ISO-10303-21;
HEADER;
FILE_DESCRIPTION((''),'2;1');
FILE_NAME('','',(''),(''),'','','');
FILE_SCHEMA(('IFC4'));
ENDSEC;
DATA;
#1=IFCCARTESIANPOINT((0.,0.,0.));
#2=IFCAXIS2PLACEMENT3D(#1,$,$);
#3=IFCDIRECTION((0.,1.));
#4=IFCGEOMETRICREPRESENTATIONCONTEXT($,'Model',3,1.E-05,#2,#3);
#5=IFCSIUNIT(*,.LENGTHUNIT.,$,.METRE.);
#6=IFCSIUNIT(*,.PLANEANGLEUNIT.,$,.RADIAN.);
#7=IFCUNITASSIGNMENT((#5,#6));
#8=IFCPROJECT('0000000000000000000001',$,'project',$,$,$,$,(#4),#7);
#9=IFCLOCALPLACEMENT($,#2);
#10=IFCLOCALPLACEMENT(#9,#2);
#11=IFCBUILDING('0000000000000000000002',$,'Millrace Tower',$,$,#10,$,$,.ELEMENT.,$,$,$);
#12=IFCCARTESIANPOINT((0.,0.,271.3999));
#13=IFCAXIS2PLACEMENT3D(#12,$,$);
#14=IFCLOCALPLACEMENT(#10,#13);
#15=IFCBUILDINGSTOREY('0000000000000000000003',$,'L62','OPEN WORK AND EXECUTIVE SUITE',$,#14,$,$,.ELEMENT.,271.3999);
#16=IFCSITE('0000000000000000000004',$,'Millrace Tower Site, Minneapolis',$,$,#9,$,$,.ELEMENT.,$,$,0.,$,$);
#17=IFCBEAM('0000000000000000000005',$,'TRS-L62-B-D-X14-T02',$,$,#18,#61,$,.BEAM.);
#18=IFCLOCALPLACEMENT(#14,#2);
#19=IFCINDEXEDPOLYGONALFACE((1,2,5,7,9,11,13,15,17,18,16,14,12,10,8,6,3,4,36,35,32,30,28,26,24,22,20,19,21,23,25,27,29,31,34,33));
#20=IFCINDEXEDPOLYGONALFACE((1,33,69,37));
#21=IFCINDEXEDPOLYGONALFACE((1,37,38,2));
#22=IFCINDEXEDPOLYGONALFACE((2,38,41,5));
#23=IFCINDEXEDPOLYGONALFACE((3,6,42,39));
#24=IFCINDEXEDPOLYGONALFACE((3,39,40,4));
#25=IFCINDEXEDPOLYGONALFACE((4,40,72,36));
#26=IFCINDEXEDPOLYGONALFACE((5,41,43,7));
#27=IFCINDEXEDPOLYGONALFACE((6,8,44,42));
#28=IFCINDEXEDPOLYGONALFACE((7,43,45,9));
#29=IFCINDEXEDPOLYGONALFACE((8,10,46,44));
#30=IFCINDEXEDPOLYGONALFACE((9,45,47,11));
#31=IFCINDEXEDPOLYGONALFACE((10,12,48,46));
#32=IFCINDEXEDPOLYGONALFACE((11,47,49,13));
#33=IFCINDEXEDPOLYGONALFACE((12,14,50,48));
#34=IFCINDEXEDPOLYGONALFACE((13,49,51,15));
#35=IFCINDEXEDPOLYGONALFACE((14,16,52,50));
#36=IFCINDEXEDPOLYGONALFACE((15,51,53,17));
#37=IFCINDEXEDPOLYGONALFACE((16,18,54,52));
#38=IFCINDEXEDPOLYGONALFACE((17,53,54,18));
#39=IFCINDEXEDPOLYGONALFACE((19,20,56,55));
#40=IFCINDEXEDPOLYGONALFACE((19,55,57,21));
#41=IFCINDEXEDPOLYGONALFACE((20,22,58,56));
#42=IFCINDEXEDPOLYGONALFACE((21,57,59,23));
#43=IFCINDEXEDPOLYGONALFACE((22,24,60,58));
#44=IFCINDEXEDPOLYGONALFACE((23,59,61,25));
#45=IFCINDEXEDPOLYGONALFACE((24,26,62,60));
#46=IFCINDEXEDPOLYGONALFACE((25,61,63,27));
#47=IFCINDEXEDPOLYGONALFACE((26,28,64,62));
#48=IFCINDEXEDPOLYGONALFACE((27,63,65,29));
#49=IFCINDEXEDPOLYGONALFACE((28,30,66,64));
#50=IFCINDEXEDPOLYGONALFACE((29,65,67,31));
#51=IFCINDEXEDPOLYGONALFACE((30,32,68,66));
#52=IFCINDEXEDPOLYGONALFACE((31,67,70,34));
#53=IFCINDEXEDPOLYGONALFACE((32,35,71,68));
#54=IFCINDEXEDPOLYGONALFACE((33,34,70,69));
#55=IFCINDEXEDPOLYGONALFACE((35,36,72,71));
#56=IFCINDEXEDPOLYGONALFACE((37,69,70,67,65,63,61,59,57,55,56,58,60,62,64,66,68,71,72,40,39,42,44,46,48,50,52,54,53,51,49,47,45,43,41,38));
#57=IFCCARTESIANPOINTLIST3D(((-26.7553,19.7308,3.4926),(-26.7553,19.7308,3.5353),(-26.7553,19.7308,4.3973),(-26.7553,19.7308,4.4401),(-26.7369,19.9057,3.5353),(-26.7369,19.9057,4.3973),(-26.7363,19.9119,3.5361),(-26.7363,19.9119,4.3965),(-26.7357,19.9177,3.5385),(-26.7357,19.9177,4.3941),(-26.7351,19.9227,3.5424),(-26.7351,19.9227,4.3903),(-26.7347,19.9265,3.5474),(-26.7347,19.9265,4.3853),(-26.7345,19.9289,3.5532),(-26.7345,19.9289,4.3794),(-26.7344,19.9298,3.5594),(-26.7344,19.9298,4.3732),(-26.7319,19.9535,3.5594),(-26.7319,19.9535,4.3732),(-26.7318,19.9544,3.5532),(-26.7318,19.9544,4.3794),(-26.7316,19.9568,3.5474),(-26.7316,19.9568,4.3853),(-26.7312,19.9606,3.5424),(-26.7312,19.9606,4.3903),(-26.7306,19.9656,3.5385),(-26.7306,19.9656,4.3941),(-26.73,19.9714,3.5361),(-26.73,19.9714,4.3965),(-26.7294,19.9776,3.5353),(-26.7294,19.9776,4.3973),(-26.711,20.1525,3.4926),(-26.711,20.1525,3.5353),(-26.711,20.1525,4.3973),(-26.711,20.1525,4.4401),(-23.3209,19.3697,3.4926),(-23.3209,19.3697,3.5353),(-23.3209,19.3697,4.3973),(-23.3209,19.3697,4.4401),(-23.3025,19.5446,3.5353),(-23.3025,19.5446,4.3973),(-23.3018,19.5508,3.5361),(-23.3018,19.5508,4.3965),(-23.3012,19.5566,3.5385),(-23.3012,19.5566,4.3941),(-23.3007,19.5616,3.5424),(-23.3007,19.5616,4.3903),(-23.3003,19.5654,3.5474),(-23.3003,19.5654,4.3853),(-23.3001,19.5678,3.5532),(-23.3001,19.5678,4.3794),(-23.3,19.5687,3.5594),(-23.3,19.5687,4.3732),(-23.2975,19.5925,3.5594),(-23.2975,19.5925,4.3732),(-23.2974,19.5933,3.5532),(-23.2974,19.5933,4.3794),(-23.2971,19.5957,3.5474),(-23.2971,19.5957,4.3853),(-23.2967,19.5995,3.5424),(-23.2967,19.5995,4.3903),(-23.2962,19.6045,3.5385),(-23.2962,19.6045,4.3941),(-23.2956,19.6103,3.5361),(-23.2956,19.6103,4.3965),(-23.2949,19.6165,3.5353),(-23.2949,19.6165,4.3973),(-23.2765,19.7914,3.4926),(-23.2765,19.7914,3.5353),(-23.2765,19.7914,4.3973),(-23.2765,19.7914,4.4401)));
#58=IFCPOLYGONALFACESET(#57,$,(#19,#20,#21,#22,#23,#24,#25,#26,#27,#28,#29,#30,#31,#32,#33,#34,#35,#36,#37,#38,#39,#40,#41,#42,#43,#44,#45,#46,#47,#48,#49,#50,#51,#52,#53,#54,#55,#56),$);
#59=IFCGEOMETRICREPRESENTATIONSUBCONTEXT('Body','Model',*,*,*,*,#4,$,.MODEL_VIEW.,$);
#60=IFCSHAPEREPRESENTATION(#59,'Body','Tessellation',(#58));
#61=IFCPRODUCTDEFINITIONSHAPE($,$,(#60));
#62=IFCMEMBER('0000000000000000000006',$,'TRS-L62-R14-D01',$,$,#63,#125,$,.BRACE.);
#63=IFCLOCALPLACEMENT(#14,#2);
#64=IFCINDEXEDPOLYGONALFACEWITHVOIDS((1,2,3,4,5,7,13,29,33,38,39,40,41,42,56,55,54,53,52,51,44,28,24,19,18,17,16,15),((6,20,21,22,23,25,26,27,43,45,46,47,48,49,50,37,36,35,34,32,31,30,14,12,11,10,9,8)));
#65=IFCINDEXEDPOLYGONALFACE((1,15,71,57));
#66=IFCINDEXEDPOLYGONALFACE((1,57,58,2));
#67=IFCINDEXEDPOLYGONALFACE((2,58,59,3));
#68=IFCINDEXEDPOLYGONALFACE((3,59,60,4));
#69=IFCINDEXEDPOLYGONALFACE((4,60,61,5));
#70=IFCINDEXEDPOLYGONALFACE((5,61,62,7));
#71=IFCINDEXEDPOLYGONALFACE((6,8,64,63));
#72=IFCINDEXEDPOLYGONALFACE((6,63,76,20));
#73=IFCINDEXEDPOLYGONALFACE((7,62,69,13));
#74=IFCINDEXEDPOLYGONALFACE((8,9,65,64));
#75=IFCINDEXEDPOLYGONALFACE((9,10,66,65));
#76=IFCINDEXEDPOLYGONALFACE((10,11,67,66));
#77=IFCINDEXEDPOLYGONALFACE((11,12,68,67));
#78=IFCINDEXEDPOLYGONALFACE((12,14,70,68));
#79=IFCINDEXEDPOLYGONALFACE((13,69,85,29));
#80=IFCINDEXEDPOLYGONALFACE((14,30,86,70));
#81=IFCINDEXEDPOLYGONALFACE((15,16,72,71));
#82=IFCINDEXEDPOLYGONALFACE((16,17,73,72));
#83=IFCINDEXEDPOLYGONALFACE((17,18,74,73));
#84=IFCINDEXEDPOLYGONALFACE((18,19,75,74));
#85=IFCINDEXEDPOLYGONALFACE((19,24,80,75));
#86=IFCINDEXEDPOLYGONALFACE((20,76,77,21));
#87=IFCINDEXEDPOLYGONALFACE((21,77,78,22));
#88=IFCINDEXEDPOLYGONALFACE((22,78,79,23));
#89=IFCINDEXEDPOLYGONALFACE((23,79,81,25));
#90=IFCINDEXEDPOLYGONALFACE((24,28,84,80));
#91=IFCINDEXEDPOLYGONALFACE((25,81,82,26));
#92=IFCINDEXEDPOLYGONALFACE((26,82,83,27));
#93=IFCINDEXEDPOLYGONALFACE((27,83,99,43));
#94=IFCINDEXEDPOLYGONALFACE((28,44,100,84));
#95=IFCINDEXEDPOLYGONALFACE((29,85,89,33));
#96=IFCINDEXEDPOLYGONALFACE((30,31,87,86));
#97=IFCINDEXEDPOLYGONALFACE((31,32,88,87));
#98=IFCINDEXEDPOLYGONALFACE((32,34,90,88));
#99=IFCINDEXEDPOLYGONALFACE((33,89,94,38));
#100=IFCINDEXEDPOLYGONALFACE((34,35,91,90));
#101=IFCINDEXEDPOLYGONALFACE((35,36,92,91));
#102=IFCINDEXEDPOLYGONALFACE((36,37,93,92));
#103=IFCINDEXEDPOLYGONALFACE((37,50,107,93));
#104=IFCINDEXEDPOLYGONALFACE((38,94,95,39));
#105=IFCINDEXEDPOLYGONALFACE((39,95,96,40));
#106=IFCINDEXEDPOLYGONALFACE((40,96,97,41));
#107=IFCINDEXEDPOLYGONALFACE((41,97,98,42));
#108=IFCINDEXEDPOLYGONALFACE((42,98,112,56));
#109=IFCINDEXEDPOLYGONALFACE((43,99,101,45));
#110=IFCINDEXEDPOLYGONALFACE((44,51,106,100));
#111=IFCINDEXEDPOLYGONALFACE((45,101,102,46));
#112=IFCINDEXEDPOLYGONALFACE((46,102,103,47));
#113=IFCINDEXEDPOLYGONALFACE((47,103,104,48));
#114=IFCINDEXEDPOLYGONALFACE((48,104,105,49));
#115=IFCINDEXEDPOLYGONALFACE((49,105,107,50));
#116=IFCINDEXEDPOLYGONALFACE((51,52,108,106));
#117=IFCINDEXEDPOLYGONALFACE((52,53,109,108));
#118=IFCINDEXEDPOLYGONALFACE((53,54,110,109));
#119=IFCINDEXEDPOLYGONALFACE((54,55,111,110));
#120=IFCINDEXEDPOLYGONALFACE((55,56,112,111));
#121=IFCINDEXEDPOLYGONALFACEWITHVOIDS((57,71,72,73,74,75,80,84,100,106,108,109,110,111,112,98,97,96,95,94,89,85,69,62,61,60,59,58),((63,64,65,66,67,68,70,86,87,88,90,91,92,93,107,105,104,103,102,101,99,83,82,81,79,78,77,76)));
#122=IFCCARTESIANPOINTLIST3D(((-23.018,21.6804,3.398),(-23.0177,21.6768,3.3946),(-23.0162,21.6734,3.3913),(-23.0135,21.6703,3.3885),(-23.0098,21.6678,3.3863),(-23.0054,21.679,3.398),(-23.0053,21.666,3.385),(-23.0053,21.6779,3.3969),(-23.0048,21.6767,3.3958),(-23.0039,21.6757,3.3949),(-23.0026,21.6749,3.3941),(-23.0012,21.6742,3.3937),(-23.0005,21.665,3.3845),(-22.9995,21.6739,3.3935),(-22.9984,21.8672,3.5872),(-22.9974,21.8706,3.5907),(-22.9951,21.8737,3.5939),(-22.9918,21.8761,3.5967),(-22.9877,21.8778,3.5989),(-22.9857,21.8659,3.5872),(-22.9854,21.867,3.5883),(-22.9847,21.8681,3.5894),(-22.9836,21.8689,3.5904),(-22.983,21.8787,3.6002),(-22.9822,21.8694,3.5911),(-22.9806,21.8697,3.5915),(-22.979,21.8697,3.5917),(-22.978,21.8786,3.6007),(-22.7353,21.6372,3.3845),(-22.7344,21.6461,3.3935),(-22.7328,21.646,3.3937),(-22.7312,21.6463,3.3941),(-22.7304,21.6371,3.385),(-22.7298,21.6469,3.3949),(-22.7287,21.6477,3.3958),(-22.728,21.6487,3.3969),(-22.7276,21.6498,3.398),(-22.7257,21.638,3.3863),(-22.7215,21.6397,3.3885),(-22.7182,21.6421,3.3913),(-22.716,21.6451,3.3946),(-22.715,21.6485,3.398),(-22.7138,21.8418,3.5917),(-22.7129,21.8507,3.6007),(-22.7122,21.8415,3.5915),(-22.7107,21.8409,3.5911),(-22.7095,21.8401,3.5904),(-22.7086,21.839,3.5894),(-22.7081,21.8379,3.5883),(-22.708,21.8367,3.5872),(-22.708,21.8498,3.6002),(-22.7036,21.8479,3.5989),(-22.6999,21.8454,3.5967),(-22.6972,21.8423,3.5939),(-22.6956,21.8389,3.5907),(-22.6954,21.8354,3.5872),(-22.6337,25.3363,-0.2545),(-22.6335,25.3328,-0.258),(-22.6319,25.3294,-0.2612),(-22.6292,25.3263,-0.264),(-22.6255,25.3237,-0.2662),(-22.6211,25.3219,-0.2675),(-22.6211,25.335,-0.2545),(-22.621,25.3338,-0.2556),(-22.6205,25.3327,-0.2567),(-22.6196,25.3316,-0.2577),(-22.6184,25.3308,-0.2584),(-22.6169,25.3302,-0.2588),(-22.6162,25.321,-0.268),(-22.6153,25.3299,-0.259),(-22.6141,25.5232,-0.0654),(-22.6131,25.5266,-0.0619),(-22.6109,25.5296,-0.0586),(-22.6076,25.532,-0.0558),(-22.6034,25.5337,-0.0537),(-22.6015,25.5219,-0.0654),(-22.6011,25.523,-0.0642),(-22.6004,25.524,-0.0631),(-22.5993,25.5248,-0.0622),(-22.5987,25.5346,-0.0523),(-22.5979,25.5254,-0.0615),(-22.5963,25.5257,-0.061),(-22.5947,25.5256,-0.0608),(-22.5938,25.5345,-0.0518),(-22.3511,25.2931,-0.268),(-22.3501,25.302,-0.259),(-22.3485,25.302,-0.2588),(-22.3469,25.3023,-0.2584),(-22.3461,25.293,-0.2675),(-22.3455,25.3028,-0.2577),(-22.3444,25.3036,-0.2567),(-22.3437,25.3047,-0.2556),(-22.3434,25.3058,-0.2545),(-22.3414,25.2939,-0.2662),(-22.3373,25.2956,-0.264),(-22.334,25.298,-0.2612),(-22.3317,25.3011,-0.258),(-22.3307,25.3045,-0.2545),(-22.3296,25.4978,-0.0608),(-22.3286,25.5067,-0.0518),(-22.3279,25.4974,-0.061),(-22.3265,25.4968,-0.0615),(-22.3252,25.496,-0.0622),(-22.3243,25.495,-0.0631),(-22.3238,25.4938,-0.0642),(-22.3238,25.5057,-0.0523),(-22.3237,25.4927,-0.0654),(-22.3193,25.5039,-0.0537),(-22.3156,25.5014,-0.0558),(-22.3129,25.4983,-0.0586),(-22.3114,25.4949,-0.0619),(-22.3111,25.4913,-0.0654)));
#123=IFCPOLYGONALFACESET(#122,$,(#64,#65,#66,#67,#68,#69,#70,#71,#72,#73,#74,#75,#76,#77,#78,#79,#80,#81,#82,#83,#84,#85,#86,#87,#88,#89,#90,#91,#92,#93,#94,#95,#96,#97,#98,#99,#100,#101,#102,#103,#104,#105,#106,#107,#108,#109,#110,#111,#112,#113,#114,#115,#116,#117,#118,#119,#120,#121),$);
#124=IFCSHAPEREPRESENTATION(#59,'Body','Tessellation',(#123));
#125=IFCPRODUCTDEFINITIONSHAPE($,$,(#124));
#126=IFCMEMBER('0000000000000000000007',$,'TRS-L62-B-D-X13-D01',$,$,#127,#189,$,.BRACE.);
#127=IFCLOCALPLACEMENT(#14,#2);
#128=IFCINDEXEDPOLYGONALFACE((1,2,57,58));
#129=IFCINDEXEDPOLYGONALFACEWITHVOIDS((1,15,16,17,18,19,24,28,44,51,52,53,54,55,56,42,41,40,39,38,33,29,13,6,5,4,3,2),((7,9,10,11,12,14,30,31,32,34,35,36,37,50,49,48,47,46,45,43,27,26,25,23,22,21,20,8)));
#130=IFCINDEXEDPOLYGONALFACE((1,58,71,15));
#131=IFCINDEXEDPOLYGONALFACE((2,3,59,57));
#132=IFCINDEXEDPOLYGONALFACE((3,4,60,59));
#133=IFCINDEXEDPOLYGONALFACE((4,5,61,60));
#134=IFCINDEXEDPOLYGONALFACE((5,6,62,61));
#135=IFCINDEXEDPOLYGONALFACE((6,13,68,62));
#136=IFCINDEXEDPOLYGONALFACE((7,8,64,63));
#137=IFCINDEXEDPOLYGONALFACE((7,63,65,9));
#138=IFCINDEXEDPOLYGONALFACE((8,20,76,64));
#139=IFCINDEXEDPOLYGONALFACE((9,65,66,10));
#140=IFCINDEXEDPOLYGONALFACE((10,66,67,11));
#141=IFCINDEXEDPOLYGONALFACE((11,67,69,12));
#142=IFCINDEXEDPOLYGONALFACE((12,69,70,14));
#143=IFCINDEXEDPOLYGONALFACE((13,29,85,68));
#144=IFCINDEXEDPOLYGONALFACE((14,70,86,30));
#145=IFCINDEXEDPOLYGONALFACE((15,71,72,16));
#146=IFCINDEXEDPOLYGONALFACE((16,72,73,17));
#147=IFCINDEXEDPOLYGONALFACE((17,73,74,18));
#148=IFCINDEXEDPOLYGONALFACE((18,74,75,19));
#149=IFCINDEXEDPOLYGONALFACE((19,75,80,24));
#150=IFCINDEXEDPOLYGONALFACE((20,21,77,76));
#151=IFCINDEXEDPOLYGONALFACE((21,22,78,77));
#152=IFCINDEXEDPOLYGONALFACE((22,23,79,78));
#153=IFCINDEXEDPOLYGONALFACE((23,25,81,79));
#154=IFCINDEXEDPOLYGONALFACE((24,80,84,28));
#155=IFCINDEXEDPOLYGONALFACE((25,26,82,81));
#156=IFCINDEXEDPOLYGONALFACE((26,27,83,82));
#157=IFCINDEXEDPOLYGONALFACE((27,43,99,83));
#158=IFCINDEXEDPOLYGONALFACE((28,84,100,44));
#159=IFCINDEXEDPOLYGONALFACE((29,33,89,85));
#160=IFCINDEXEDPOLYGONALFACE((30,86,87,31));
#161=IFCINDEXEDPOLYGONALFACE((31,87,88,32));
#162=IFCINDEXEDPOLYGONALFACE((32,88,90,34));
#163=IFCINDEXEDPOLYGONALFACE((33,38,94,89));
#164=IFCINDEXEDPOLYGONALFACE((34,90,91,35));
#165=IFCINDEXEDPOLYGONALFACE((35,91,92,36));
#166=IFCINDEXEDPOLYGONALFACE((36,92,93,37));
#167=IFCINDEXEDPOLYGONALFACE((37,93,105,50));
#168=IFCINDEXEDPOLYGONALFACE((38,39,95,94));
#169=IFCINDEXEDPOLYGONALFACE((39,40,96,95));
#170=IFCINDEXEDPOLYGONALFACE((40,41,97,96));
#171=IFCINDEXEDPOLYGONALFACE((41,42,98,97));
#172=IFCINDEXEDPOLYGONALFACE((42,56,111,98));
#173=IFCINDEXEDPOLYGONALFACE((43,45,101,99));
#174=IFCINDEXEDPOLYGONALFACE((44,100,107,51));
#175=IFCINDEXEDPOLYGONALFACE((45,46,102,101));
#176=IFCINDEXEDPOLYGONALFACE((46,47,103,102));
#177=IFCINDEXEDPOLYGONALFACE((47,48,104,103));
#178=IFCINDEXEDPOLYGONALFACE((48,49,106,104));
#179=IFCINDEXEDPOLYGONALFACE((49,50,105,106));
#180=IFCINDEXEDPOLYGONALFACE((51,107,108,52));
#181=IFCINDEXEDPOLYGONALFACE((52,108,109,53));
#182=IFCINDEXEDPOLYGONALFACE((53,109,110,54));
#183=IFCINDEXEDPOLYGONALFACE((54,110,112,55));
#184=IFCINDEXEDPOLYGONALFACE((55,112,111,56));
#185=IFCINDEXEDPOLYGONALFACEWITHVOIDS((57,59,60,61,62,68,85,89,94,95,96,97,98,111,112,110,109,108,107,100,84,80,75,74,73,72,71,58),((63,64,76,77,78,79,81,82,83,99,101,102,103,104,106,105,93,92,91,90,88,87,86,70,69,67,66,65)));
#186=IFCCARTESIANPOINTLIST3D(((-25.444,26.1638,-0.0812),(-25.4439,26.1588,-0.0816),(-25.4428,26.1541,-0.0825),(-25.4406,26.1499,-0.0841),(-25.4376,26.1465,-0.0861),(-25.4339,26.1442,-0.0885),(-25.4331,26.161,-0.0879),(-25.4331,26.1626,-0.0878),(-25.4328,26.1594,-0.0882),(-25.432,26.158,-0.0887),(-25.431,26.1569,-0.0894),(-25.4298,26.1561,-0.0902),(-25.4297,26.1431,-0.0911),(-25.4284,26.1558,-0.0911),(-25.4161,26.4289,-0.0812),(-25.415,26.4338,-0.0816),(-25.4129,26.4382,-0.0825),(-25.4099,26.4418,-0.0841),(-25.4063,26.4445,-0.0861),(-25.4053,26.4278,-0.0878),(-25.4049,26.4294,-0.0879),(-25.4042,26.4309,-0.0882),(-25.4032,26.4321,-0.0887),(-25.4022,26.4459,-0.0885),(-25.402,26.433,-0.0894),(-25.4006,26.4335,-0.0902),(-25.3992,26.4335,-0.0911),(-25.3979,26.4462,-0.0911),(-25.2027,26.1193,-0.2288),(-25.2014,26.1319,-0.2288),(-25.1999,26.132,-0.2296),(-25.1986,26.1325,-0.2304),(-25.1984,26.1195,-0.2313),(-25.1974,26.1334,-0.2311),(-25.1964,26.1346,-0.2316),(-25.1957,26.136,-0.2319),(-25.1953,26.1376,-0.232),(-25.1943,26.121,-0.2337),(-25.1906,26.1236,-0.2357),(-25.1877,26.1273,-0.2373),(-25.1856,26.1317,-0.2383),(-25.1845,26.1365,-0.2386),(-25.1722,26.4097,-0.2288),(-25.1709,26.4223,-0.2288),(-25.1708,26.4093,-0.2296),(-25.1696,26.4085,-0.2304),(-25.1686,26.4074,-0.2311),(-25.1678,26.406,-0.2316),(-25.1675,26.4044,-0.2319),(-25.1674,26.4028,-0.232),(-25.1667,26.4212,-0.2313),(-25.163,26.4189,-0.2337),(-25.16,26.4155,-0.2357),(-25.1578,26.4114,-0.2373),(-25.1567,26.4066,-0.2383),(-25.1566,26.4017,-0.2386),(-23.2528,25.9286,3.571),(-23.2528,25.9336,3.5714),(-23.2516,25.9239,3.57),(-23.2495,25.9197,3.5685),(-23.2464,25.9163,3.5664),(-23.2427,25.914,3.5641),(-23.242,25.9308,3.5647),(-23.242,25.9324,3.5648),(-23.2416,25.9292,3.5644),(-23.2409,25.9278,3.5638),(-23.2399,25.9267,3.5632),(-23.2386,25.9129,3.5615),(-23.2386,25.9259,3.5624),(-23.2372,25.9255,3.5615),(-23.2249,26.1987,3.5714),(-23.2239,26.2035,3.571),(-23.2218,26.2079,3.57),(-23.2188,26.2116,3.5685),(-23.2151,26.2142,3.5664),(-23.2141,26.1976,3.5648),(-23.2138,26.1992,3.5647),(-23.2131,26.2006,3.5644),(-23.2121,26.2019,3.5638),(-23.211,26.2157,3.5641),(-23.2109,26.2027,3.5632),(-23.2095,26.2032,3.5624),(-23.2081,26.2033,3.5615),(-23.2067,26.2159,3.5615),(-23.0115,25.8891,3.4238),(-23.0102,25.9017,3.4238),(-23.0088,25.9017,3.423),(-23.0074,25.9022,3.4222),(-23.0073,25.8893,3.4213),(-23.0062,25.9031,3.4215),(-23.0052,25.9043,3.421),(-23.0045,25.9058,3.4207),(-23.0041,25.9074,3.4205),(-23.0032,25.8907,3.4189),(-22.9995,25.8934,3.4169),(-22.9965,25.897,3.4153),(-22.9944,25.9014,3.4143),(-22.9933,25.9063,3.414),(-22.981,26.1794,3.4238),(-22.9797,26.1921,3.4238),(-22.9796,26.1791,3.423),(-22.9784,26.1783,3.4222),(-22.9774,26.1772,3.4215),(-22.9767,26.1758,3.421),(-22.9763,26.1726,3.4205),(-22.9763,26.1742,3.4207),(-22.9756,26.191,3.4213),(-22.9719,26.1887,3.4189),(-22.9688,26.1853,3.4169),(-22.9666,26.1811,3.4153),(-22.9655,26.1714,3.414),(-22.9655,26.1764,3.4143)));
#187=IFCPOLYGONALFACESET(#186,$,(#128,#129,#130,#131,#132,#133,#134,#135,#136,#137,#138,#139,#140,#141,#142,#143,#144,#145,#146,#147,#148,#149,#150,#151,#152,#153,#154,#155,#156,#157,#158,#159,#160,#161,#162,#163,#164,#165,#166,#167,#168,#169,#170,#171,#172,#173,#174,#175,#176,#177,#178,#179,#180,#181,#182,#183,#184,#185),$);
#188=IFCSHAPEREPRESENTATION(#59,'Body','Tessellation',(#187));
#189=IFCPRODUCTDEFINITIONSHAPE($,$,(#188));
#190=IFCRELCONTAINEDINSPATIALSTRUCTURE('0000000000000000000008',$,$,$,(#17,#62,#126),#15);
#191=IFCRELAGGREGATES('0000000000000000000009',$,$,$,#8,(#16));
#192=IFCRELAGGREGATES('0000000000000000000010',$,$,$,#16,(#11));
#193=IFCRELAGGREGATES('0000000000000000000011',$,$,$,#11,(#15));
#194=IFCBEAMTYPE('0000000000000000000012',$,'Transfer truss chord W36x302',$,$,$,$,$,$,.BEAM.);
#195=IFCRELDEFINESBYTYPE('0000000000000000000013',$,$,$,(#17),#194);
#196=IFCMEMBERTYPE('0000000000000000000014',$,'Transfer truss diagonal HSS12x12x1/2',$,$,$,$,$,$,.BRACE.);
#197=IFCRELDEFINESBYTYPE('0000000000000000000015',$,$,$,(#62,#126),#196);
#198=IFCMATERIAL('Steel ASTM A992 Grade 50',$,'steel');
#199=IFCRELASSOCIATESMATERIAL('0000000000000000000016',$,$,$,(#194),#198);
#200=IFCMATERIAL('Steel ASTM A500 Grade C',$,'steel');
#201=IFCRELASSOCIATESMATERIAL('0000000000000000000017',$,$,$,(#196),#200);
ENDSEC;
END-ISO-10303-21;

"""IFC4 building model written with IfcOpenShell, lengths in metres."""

from ifc_helpers import new_model, si_unit, direction, frame, origin, origin_2d, place, context, subcontext, project, spatial, hollow_rectangle, i_section, extrude, material, material_profile, profile_set, type_object, element, save


model = new_model("IFC4")

# Units and contexts
model_context = context("Model", 3, precision=1e-05, world=origin(), true_north=direction((0.0, 1.0)))
body_context = subcontext(model_context, "Body", "Model", "MODEL_VIEW")
ifc_project = project(units=[si_unit("LENGTHUNIT", "METRE"), si_unit("PLANEANGLEUNIT", "RADIAN")], contexts=[model_context])

# Site, building, storey
site_placement = place(None, origin())
site = spatial("IfcSite", under=ifc_project, at=site_placement, Name="Millrace Tower Site, Minneapolis", CompositionType="ELEMENT", RefElevation=0.0)
building_placement = place(site_placement, origin())
building = spatial("IfcBuilding", under=site, at=building_placement, Name="Millrace Tower", CompositionType="ELEMENT")
storey_placement = place(building_placement, frame((0.0, 0.0, 271.3999)))
storey = spatial("IfcBuildingStorey", under=building, at=storey_placement, Name="L62", Description="OPEN WORK AND EXECUTIVE SUITE", CompositionType="ELEMENT", Elevation=271.3999)

# Beam
ifc_material_1 = material(Name="Steel ASTM A992 Grade 50", Category="steel")
ifc_material_profile_1 = material_profile(ifc_material_1, i_section(OverallWidth=0.4241, OverallDepth=0.9475, WebThickness=0.0239, FlangeThickness=0.0427, FilletRadius=0.0242, at=origin_2d()))
ifc_profile_set_1 = profile_set([ifc_material_profile_1], Name="Steel ASTM A992 Grade 50")
beam_type = type_object("IfcBeamType", Name="Transfer truss chord W36x302", PredefinedType="BEAM", material=ifc_profile_set_1)
for number, where, z_axis, x_axis, name in (
    (1, (-26.7332, 19.9417, 3.9663), (0.994518, -0.104563, 0.0), (0.104563, 0.994518, 0.0), "TRS-L62-B-D-X14-T02"),
):
    element("IfcBeam", number, at=place(storey_placement, frame(where, z_axis=z_axis, x_axis=x_axis)), inside=storey, type_object=beam_type, Name=name, PredefinedType="BEAM", context=body_context, shape_type="SweptSolid", body=[
        extrude(i_section(OverallWidth=0.4241, OverallDepth=0.9475, WebThickness=0.0239, FlangeThickness=0.0427, FilletRadius=0.0242, at=origin_2d()), origin(), (0.0, 0.0, 1.0), 3.4534),
    ])

# Members
ifc_material_2 = material(Name="Steel ASTM A500 Grade C", Category="steel")
ifc_material_profile_2 = material_profile(ifc_material_2, hollow_rectangle(XDim=0.3047, YDim=0.3047, WallThickness=0.0127, InnerFilletRadius=0.0063, OuterFilletRadius=0.019, at=origin_2d()))
ifc_profile_set_2 = profile_set([ifc_material_profile_2], Name="Steel ASTM A500 Grade C")
member_type_1 = type_object("IfcMemberType", Name="Transfer truss diagonal HSS12x12x1/2", PredefinedType="BRACE", material=ifc_profile_set_2)
member_1_placement = place(storey_placement, frame((-22.4724, 25.4138, -0.1599), z_axis=(-0.074153, -0.70549, 0.70483), x_axis=(0.994521, -0.104533, 0.0)))
element("IfcMember", 2, at=member_1_placement, inside=storey, type_object=member_type_1, Name="TRS-L62-R14-D01", PredefinedType="BRACE", context=body_context, shape_type="SweptSolid", body=[
    extrude(hollow_rectangle(XDim=0.3047, YDim=0.3047, WallThickness=0.0127, InnerFilletRadius=0.0063, OuterFilletRadius=0.019, at=origin_2d()), origin(), (0.0, 0.0, 1.0), 5.1821),
])
member_2_placement = place(storey_placement, frame((-25.3003, 26.2827, -0.1599), z_axis=(0.513679, -0.053972, 0.856283), x_axis=(0.104494, 0.994525, 0.0)))
element("IfcMember", 3, at=member_2_placement, inside=storey, type_object=member_type_1, Name="TRS-L62-B-D-X13-D01", PredefinedType="BRACE", context=body_context, shape_type="SweptSolid", body=[
    extrude(hollow_rectangle(XDim=0.3047, YDim=0.3047, WallThickness=0.0127, InnerFilletRadius=0.0063, OuterFilletRadius=0.019, at=origin_2d()), origin(), (0.0, 0.0, 1.0), 4.2656),
])

save(model, "model.ifc")
